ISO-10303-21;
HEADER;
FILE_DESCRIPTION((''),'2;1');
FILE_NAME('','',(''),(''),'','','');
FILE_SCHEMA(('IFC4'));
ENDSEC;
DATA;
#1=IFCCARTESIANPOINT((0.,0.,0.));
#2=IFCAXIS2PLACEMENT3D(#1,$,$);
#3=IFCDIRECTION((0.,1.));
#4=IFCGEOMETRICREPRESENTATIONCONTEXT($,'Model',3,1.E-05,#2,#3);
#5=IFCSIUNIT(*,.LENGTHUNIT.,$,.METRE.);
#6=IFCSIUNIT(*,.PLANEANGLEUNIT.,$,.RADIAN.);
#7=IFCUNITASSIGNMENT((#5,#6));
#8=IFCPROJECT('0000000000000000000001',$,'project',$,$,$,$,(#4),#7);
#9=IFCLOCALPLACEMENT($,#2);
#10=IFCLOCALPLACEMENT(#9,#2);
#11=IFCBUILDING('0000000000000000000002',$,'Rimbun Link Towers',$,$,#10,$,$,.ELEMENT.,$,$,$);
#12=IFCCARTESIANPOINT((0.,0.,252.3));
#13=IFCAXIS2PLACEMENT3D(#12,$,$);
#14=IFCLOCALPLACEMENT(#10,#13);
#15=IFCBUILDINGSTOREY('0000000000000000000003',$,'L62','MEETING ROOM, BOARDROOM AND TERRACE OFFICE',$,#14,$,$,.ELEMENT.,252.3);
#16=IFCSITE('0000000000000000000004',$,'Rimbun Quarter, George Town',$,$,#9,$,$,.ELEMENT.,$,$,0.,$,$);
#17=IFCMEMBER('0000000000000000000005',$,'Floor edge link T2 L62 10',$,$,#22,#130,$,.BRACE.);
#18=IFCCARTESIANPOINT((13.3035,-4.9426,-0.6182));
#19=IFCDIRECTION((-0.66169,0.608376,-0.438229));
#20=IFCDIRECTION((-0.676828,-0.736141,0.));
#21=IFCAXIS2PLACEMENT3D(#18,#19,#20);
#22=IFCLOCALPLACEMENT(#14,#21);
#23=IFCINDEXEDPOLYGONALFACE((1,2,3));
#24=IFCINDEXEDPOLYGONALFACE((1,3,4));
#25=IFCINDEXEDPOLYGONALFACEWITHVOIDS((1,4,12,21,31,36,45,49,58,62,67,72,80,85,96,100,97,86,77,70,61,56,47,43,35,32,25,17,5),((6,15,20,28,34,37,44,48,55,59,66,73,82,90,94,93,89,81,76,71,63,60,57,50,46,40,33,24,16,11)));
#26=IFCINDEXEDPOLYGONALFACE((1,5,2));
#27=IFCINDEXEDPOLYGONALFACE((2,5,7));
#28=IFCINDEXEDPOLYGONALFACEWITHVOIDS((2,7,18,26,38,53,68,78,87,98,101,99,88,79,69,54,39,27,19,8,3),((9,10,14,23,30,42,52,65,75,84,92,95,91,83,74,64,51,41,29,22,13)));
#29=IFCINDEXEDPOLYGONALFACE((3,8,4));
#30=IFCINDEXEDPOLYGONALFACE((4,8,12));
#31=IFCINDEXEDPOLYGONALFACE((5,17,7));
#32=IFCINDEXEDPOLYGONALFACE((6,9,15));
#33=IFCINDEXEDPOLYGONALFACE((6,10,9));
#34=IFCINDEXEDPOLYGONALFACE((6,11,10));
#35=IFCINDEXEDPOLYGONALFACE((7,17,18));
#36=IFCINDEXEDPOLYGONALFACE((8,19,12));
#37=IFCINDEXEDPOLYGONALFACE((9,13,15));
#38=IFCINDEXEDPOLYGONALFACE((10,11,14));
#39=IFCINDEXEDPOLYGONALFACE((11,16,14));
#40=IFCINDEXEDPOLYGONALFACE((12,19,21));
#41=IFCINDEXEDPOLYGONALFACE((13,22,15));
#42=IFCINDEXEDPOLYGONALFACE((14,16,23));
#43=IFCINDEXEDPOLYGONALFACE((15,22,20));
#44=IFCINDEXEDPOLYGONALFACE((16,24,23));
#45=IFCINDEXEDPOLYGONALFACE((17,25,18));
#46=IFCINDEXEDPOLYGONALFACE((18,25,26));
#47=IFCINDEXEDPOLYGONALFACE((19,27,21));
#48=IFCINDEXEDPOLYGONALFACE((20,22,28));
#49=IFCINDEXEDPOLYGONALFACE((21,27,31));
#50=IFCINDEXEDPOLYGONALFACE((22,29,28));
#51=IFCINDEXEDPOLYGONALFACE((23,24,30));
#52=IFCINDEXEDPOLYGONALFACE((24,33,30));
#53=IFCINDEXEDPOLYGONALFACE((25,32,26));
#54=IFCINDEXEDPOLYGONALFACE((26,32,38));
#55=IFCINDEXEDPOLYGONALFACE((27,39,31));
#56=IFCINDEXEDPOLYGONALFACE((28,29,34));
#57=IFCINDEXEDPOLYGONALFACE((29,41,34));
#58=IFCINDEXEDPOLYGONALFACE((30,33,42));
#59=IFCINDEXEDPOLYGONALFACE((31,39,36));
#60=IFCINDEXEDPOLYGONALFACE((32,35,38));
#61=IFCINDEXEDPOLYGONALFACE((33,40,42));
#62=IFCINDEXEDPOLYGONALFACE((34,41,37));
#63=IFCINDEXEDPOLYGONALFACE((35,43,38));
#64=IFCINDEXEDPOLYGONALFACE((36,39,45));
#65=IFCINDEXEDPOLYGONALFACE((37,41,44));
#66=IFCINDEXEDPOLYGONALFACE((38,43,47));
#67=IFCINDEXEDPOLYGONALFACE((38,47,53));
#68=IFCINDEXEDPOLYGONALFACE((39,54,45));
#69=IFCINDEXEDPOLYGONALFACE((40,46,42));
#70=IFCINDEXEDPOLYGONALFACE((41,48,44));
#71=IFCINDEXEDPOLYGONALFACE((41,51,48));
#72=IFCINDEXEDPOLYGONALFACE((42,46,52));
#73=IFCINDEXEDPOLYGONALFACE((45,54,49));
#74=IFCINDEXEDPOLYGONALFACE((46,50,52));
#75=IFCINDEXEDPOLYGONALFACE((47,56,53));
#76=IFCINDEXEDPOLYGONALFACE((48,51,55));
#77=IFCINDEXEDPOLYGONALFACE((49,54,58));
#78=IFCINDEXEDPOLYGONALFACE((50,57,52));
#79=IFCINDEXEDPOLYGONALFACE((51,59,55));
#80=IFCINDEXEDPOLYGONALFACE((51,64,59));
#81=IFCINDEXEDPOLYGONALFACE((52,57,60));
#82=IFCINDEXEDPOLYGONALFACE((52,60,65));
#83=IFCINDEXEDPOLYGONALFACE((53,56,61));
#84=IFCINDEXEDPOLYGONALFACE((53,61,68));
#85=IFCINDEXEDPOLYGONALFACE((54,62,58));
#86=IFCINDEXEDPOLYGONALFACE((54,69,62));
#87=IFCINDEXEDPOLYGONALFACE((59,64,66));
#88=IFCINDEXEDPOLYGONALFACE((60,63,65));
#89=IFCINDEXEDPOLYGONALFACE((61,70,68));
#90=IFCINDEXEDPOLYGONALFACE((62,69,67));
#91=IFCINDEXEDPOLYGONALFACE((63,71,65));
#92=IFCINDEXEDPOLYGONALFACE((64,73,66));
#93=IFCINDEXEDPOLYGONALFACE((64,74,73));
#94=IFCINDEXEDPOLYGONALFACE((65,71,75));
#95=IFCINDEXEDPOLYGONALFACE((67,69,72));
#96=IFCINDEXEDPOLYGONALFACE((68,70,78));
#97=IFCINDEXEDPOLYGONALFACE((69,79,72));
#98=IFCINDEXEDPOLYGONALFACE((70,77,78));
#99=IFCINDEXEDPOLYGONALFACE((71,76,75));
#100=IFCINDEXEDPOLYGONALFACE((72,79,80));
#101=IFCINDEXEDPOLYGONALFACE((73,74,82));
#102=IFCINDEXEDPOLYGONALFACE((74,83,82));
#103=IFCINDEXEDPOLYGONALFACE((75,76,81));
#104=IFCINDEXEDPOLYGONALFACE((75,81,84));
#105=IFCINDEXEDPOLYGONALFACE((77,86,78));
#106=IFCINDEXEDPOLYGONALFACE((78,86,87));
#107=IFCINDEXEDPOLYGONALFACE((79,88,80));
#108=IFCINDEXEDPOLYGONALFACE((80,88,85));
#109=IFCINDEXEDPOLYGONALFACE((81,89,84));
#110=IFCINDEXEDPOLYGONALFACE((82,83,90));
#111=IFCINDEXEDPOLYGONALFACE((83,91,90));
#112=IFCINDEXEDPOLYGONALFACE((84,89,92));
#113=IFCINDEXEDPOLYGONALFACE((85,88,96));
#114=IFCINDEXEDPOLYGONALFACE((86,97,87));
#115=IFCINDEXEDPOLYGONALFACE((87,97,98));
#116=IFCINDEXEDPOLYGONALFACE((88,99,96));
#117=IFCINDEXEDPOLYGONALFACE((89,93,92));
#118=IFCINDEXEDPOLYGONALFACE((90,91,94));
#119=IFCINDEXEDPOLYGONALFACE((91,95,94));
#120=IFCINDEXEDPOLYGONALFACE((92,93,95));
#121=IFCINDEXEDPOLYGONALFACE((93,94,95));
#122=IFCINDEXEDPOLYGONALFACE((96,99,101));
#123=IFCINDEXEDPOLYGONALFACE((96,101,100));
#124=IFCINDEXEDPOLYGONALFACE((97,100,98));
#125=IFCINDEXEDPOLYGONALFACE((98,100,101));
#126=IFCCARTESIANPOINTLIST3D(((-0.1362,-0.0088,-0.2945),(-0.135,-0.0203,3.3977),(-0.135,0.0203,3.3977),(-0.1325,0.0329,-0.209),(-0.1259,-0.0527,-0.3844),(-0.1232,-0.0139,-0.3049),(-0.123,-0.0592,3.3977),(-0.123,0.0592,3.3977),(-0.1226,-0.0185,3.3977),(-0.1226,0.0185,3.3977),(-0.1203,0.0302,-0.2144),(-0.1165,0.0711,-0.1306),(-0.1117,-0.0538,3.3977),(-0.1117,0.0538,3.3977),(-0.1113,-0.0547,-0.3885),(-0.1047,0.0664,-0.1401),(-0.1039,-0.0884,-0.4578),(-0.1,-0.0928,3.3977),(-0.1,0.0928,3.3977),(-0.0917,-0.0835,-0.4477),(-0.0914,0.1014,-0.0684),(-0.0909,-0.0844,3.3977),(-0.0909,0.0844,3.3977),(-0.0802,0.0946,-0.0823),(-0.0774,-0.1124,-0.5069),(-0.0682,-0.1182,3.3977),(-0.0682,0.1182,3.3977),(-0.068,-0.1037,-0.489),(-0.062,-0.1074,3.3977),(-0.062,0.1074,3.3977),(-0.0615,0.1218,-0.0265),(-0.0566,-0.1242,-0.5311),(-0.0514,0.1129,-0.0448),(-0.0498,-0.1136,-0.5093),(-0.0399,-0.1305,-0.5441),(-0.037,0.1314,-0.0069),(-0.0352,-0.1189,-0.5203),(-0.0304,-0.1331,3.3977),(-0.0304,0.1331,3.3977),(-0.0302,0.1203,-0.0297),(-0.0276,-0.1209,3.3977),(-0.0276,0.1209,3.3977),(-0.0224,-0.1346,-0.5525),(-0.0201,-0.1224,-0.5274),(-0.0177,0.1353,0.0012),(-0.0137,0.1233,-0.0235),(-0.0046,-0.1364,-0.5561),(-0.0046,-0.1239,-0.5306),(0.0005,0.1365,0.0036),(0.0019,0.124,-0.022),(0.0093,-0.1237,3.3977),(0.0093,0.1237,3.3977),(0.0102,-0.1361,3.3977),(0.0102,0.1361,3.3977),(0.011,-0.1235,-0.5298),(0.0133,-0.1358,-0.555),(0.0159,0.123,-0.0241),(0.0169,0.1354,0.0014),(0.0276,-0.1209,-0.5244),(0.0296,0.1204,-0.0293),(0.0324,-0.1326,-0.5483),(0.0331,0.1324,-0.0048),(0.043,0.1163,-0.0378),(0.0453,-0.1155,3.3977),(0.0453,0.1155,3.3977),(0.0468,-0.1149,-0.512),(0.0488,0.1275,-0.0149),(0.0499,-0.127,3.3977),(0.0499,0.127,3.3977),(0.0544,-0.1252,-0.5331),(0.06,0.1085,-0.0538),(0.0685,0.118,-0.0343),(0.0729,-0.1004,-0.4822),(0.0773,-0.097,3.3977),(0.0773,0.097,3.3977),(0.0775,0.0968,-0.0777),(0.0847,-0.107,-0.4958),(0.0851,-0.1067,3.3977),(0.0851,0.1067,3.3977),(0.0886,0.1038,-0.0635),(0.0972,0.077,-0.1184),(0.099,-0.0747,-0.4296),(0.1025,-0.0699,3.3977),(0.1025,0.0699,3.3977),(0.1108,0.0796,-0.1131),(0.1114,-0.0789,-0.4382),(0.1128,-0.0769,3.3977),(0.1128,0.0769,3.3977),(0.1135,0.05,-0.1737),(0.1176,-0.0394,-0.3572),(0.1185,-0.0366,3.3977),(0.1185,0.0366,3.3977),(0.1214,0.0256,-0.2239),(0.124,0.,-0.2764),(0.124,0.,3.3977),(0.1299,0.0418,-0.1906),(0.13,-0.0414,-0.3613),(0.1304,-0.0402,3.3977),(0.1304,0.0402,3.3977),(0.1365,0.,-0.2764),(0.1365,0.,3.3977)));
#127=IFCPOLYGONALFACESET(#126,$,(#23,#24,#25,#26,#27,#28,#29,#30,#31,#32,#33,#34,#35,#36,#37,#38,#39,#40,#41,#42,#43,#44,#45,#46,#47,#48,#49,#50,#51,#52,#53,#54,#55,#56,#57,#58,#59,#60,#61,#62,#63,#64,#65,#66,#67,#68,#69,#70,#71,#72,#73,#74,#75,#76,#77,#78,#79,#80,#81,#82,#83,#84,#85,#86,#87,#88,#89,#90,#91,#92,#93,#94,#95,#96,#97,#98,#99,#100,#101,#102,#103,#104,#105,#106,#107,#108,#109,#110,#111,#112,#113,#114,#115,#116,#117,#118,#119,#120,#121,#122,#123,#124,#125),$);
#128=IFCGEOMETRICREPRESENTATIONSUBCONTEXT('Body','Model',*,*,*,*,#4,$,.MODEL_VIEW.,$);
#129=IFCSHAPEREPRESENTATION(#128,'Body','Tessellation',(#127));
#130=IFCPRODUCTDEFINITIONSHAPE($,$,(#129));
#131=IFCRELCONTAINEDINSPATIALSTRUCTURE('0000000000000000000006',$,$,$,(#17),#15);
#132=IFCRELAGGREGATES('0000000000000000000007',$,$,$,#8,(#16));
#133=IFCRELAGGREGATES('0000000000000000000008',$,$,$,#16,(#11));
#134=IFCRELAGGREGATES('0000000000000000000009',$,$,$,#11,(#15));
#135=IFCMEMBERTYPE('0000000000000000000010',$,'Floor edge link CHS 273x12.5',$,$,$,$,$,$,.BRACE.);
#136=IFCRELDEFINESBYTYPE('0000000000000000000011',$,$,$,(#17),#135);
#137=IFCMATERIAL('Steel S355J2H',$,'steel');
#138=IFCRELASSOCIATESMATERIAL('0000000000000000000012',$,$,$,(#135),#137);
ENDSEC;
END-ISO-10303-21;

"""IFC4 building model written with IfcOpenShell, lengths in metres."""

from ifc_helpers import new_model, si_unit, direction, frame, origin, origin_2d, place, context, subcontext, project, spatial, hollow_circle, extrude, clip, halfspace, material, material_profile, profile_set, type_object, element, save


model = new_model("IFC4")

# Units and contexts
model_context = context("Model", 3, precision=1e-05, world=origin(), true_north=direction((0.0, 1.0)))
body_context = subcontext(model_context, "Body", "Model", "MODEL_VIEW")
ifc_project = project(units=[si_unit("LENGTHUNIT", "METRE"), si_unit("PLANEANGLEUNIT", "RADIAN")], contexts=[model_context])

# Site, building, storey
site_placement = place(None, origin())
site = spatial("IfcSite", under=ifc_project, at=site_placement, Name="Rimbun Quarter, George Town", CompositionType="ELEMENT", RefElevation=0.0)
building_placement = place(site_placement, origin())
building = spatial("IfcBuilding", under=site, at=building_placement, Name="Rimbun Link Towers", CompositionType="ELEMENT")
storey_placement = place(building_placement, frame((0.0, 0.0, 252.3)))
storey = spatial("IfcBuildingStorey", under=building, at=storey_placement, Name="L62", Description="MEETING ROOM, BOARDROOM AND TERRACE OFFICE", CompositionType="ELEMENT", Elevation=252.3)

# Member
ifc_material_1 = material(Name="Steel S355J2H", Category="steel")
ifc_material_profile_1 = material_profile(ifc_material_1, hollow_circle(Radius=0.1365, WallThickness=0.0125, at=origin_2d()), Name="CHS 273x12.5")
ifc_profile_set_1 = profile_set([ifc_material_profile_1], Name="Steel S355J2H")
member_type_1 = type_object("IfcMemberType", Name="Floor edge link CHS 273x12.5", PredefinedType="BRACE", material=ifc_profile_set_1)
member_1_placement = place(storey_placement, frame((13.3035, -4.9426, -0.6182), z_axis=(-0.66169, 0.608376, -0.438229), x_axis=(-0.676828, -0.736141, 0.0)))
element("IfcMember", 1, at=member_1_placement, inside=storey, type_object=member_type_1, Name="Floor edge link T2 L62 10", PredefinedType="BRACE", context=body_context, shape_type="Clipping", body=[
    clip(extrude(hollow_circle(Radius=0.1365, WallThickness=0.0125, at=origin_2d()), frame((0.0, 0.0, -0.5828)), (0.0, 0.0, 1.0), 3.9805), halfspace(frame((0.0, 0.0, -0.2764), z_axis=(0.0, 0.898863, -0.438229)), False)),
])

save(model, "model.ifc")
